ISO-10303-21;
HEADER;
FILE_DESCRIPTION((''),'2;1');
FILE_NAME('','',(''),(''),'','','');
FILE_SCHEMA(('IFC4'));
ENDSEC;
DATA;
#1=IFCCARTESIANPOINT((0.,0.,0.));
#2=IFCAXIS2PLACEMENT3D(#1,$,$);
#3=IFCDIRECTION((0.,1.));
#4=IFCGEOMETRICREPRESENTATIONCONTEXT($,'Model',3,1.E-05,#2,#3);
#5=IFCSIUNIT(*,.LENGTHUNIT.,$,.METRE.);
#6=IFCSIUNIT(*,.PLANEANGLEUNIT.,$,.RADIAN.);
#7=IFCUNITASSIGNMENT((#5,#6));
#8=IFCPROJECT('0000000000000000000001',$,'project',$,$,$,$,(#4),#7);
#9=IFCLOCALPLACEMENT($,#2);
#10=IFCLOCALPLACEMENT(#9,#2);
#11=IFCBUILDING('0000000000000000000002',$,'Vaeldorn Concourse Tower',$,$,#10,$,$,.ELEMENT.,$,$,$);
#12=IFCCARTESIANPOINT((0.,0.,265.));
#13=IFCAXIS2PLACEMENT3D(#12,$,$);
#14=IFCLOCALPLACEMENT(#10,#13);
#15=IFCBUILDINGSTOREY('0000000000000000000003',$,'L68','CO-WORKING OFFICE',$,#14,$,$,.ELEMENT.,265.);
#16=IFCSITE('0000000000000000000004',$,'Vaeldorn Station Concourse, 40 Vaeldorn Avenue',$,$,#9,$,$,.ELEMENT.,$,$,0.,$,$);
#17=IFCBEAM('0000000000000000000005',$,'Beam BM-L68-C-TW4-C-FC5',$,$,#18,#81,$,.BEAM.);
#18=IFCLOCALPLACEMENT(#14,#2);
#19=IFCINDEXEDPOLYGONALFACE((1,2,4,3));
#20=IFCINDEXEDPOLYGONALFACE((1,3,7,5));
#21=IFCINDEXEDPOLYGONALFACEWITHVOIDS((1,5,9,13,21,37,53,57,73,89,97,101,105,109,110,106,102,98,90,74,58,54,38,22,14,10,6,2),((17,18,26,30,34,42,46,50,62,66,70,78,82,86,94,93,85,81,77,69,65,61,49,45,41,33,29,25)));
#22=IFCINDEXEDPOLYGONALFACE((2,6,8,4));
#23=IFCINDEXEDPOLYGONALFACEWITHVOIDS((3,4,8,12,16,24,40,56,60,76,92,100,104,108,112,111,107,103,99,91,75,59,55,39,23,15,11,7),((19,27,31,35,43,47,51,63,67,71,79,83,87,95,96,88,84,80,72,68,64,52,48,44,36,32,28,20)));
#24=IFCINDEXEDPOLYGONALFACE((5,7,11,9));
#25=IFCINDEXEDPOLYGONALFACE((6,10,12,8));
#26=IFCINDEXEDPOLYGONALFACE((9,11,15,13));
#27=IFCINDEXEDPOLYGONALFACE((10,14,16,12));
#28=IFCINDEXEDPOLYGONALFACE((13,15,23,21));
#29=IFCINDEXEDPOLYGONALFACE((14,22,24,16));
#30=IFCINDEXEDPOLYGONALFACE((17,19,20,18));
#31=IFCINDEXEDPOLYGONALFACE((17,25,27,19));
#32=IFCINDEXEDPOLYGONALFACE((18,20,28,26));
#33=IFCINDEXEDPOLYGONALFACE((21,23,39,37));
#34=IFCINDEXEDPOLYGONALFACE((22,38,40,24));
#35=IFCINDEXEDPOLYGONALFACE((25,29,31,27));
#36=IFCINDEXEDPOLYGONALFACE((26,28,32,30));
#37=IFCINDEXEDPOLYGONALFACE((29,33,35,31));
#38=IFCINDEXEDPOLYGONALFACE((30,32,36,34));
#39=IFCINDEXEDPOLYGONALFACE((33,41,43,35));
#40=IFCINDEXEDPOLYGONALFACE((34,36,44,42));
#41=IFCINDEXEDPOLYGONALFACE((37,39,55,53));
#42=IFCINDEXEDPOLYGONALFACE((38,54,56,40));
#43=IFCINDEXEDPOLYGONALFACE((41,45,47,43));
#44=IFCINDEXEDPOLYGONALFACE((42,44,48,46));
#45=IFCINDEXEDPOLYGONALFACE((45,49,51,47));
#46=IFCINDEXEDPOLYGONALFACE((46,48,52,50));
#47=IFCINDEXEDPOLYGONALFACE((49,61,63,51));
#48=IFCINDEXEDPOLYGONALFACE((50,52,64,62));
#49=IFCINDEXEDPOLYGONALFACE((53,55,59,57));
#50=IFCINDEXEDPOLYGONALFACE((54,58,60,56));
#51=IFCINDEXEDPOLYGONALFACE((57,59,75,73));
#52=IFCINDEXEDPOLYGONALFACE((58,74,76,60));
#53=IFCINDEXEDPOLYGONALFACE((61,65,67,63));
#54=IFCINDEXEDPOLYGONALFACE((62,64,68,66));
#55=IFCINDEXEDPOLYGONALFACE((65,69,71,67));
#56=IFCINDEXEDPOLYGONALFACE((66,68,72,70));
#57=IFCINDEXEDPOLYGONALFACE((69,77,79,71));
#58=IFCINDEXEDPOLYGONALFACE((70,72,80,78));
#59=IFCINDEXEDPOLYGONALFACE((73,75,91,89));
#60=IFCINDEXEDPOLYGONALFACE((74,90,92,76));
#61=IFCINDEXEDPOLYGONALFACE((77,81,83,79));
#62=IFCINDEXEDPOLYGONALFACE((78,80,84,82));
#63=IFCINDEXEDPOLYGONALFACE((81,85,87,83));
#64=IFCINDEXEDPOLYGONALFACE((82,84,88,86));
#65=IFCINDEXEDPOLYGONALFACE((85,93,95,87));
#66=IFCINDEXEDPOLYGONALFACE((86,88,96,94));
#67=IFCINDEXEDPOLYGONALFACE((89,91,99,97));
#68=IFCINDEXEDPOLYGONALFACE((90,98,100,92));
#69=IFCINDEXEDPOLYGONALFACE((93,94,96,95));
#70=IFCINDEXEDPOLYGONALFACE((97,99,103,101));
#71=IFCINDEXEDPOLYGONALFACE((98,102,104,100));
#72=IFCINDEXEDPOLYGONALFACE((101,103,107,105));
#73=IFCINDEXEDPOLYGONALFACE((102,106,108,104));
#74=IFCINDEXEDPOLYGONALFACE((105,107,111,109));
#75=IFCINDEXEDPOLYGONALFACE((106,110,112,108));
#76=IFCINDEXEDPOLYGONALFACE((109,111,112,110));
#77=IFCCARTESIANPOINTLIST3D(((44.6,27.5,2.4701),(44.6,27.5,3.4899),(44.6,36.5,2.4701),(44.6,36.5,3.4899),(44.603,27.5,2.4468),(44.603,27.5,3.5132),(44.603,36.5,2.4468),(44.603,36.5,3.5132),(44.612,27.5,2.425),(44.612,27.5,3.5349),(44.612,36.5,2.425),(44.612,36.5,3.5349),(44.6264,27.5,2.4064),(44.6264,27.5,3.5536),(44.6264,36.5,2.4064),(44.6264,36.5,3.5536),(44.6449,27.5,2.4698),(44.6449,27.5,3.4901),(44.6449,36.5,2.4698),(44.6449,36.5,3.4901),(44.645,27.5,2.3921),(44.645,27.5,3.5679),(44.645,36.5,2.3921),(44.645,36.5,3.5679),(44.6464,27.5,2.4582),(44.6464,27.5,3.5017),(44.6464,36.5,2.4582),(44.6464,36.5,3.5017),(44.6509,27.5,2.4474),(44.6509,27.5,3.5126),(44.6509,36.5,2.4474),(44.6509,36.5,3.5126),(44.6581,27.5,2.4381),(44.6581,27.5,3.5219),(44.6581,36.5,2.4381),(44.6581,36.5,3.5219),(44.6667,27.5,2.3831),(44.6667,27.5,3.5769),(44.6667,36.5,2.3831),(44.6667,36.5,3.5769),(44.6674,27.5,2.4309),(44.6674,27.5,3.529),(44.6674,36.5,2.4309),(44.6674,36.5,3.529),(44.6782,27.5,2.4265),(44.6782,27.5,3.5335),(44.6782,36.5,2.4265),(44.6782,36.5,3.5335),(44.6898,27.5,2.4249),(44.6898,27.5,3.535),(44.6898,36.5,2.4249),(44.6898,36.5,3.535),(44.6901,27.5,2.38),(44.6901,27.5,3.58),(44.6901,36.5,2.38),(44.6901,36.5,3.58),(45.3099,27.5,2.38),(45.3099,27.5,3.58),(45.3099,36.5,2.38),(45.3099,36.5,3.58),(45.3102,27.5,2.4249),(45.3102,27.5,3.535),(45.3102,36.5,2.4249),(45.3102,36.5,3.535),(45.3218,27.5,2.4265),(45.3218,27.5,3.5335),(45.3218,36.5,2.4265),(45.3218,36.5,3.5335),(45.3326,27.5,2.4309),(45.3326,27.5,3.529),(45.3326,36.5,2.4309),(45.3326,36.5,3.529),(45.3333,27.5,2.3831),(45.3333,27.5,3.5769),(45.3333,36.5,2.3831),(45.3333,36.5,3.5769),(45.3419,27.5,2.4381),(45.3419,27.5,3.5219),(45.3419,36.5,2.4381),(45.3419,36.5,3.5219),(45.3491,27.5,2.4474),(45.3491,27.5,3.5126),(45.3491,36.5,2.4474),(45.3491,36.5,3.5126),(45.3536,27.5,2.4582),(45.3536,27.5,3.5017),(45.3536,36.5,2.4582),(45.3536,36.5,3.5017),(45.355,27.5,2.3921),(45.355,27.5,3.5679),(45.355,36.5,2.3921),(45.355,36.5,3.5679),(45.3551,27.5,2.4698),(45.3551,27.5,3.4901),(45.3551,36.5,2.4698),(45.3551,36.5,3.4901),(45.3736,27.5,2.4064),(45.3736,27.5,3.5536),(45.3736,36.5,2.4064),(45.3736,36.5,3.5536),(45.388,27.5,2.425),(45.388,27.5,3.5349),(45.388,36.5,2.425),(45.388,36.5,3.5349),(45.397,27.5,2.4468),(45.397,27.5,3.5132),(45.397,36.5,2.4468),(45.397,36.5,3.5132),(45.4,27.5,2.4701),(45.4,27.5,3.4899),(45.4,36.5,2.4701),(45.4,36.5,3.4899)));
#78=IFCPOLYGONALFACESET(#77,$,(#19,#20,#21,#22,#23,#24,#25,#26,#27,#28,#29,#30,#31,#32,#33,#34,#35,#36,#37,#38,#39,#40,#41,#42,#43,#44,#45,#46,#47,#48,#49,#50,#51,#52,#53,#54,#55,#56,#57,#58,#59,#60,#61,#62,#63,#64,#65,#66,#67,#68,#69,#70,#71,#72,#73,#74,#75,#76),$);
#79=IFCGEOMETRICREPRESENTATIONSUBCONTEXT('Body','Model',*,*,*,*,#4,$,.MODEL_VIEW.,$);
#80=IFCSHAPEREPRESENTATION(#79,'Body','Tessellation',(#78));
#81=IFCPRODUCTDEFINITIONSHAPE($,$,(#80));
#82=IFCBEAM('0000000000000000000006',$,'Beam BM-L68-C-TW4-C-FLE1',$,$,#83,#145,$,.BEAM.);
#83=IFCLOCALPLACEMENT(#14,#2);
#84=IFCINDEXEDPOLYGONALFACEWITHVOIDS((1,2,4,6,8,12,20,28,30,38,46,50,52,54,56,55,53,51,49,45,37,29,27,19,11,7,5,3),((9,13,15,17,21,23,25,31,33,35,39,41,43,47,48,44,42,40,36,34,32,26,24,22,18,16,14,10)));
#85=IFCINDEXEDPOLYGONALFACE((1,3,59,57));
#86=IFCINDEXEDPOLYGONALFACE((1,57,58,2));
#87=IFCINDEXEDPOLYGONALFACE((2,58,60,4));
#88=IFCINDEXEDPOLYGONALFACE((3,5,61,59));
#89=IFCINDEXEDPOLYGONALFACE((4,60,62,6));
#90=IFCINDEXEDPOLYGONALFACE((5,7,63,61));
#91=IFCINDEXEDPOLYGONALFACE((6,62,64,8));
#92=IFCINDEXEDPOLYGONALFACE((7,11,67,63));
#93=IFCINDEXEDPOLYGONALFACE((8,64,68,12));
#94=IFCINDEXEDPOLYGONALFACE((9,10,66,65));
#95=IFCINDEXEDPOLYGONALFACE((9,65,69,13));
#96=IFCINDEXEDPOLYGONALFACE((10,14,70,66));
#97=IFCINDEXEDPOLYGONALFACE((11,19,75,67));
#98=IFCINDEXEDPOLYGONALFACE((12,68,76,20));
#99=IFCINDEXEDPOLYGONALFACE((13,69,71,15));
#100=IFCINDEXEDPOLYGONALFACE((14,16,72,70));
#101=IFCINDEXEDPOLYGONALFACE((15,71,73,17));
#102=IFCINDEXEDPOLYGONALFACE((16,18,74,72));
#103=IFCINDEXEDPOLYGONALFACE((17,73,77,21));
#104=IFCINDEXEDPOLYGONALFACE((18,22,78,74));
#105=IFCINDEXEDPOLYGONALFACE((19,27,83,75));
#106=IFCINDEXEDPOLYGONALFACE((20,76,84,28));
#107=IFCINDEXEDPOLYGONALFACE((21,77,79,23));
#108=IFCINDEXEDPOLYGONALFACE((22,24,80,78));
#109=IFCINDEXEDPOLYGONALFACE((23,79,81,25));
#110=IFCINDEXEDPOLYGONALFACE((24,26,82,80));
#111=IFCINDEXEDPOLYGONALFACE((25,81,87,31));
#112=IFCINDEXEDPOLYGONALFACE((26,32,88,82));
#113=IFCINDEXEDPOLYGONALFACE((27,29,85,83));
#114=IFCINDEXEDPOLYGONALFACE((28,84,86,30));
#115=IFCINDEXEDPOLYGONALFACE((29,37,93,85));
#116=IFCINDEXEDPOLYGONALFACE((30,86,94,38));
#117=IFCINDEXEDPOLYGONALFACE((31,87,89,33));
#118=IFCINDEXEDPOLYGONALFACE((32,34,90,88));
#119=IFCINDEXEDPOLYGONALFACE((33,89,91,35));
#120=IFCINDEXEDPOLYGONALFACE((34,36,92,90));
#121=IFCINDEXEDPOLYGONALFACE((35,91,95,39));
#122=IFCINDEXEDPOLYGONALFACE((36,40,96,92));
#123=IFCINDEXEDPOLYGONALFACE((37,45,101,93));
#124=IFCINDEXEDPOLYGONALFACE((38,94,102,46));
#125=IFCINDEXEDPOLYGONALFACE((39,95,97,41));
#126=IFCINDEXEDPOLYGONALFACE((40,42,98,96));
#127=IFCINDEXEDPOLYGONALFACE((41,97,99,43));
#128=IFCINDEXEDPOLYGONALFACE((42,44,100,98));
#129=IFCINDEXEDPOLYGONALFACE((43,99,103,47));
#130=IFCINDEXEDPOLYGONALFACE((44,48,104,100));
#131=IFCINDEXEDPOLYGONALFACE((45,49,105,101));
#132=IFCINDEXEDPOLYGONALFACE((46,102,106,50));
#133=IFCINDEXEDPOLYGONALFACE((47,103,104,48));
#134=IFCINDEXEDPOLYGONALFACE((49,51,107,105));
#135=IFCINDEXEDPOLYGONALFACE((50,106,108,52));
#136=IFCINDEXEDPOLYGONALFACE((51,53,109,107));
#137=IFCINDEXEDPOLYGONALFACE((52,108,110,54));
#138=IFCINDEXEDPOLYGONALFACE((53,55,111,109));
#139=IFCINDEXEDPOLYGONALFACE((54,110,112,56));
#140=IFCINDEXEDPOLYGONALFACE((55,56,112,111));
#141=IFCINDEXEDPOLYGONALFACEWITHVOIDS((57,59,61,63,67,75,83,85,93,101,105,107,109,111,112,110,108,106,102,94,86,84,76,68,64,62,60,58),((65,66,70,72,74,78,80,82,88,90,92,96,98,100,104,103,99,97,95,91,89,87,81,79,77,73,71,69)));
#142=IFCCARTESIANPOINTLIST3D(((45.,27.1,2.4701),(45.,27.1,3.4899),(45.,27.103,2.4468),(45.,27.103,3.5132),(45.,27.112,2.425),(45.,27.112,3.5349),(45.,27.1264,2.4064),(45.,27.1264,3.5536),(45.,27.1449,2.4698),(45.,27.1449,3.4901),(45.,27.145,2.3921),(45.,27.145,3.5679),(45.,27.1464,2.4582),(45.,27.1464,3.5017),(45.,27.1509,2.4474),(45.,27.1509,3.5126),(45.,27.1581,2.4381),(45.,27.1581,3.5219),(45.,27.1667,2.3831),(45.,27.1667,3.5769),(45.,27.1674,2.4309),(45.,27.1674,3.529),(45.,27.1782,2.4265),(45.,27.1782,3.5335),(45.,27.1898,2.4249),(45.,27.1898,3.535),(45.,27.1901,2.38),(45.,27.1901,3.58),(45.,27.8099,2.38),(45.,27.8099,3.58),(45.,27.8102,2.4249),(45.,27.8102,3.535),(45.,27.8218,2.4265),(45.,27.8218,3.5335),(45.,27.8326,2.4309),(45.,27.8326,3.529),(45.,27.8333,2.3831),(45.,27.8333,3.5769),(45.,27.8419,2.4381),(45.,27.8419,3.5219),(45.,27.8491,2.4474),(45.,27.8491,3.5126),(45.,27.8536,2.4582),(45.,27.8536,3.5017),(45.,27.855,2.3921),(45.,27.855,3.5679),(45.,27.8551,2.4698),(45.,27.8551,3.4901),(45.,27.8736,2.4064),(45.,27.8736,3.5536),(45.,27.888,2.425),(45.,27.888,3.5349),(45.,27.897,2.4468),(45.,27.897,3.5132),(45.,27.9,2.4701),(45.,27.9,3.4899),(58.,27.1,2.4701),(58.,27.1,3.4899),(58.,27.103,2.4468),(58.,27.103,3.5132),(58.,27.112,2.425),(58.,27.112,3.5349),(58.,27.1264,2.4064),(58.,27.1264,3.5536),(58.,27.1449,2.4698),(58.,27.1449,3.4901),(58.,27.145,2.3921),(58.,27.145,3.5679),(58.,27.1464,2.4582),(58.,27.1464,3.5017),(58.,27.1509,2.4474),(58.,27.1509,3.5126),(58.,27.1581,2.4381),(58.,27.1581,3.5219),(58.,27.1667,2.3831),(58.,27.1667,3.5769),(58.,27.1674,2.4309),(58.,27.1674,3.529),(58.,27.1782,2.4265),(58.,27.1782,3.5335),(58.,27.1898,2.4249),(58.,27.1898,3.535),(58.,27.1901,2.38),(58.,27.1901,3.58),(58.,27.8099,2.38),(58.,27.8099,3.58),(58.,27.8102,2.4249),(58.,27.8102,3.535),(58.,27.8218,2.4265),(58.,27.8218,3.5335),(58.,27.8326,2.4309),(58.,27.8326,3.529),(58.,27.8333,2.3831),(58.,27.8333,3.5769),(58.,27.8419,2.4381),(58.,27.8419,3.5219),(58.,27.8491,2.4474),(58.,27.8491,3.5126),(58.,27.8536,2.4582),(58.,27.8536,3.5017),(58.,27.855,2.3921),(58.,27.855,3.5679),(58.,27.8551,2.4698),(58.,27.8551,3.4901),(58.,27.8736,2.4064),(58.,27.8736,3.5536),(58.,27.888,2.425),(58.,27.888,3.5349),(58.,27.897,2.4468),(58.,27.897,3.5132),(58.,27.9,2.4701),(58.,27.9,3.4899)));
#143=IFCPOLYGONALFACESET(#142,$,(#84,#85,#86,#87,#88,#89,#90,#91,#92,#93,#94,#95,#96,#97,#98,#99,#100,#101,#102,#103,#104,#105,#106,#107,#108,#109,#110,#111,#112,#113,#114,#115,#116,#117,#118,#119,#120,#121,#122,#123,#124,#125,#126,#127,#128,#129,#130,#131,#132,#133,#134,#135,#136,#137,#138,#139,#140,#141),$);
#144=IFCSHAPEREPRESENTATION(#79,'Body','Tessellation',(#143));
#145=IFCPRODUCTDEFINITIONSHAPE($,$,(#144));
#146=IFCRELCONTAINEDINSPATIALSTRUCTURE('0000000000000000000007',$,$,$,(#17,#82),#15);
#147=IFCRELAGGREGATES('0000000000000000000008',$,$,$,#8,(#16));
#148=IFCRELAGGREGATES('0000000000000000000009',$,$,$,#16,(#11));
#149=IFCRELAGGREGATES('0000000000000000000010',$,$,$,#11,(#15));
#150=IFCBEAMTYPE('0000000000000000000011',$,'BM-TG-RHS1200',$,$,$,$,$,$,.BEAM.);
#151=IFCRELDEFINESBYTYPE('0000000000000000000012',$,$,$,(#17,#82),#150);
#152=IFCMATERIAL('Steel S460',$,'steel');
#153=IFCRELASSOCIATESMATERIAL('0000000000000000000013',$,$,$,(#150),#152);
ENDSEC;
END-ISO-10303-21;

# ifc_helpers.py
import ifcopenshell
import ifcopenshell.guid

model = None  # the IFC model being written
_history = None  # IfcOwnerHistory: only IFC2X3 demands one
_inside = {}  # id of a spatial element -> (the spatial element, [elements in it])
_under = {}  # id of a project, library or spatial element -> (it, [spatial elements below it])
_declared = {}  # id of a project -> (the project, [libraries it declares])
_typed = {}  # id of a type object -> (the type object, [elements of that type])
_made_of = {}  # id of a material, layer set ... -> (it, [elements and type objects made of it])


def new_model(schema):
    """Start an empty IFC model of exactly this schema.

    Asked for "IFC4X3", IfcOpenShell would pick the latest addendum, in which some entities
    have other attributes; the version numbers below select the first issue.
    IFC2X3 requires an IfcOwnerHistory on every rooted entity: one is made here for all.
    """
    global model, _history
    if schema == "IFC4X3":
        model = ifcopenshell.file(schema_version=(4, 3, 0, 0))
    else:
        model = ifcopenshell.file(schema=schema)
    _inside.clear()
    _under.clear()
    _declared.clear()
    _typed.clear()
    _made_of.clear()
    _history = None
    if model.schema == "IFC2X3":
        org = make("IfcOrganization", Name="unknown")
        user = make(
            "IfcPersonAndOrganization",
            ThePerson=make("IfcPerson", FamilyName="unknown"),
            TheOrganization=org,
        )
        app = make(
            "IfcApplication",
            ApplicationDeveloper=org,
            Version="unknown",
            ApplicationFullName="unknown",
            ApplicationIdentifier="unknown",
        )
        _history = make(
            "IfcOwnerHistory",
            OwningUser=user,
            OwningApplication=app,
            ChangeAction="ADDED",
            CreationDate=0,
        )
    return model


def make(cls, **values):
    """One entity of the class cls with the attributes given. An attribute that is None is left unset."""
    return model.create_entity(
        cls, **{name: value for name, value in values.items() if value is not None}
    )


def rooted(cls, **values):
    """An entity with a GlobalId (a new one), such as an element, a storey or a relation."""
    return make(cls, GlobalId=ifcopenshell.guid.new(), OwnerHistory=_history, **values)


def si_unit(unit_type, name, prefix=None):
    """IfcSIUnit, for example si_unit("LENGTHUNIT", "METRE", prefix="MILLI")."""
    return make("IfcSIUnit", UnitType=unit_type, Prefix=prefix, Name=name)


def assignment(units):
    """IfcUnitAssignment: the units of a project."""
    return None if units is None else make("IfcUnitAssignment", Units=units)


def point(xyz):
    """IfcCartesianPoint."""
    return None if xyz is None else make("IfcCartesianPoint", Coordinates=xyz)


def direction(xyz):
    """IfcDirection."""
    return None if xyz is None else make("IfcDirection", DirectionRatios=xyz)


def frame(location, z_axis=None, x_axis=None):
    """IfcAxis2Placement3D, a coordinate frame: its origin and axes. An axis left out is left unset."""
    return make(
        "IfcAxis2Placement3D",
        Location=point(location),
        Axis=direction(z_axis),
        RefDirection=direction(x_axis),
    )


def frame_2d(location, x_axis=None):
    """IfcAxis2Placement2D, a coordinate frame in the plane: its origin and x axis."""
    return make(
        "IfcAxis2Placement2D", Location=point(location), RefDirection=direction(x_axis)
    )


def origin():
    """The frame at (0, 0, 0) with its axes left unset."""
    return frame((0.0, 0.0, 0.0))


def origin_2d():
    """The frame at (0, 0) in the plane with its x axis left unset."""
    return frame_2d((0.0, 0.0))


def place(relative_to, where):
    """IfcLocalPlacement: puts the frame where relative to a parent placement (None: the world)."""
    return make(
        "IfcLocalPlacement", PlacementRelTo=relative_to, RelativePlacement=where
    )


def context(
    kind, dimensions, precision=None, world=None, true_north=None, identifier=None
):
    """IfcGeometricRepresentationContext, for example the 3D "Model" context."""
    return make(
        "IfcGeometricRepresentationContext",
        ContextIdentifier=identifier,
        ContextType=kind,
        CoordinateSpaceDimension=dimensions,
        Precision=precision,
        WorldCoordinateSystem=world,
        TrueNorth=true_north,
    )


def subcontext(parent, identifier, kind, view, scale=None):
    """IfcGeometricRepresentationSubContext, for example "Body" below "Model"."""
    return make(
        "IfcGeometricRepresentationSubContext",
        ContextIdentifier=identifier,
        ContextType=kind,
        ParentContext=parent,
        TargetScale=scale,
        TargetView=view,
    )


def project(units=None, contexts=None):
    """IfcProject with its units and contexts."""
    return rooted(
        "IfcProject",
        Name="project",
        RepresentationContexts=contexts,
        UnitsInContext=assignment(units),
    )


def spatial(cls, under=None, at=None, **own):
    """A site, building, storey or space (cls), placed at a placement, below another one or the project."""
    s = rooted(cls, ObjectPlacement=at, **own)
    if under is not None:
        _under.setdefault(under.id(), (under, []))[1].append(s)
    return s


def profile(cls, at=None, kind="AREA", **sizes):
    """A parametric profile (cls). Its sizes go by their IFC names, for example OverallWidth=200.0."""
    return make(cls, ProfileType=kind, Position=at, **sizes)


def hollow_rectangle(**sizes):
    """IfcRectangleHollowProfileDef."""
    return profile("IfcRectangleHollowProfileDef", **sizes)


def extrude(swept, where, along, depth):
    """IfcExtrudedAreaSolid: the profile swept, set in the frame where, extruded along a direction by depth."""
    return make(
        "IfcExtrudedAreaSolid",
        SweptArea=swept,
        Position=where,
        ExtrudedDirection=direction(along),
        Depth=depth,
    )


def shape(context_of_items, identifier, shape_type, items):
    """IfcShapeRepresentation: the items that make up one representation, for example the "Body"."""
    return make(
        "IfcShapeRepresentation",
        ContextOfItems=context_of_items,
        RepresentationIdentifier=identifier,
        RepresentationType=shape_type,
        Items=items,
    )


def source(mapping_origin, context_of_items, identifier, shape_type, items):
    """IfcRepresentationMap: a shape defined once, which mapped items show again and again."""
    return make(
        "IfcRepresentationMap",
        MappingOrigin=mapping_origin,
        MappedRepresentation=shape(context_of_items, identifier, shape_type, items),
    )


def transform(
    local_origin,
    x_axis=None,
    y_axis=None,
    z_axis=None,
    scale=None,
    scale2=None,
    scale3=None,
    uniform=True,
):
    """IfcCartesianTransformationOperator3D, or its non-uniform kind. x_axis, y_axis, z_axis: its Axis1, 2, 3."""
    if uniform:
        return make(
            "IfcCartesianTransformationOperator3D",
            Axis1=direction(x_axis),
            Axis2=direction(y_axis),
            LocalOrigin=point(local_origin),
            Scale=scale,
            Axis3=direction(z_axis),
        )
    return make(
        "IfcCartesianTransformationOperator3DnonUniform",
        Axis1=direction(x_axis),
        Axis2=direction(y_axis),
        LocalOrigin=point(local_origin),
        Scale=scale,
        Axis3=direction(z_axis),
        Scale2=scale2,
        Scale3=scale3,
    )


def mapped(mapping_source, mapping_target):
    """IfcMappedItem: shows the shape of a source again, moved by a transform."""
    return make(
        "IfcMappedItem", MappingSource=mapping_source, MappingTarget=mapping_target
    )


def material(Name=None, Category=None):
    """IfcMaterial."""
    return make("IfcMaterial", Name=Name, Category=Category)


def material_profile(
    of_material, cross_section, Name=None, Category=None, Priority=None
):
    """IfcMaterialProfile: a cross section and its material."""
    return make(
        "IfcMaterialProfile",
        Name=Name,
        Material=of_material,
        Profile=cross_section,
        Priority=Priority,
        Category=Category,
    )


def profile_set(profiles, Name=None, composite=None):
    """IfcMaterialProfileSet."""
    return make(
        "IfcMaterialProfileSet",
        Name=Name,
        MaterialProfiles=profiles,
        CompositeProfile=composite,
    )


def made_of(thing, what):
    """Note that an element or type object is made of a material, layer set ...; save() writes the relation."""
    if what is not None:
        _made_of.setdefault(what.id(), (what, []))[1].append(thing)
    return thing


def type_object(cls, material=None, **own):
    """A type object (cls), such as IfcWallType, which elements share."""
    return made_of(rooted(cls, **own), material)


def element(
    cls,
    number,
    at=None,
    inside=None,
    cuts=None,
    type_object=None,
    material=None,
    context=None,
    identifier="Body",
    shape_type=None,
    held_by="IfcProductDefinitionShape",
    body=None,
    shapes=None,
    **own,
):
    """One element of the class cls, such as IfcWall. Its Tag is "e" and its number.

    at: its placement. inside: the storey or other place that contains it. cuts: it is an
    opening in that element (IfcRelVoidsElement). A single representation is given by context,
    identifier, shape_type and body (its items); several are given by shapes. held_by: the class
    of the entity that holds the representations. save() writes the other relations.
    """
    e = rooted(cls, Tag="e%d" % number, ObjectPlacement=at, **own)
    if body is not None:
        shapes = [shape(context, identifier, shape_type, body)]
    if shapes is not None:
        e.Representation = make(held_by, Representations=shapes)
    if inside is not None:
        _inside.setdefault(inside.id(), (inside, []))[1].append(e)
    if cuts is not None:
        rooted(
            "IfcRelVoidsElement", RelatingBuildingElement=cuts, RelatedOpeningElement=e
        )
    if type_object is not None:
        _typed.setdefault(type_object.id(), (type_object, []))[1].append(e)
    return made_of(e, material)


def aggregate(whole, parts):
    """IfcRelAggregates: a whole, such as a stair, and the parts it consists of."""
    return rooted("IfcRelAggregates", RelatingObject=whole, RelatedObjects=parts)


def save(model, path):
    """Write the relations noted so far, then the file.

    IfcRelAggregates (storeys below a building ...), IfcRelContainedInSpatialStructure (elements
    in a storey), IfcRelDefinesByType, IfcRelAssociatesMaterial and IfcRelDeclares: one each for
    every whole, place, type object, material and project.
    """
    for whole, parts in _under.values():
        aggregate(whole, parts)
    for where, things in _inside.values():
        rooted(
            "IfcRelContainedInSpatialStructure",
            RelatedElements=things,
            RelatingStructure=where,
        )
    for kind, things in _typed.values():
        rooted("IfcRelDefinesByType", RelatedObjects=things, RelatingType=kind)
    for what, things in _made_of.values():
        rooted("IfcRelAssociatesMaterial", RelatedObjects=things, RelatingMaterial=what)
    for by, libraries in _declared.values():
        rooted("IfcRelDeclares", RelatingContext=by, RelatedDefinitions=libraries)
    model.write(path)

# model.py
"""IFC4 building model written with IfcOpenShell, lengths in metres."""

from ifc_helpers import new_model, si_unit, direction, frame, origin, origin_2d, place, context, subcontext, project, spatial, hollow_rectangle, extrude, source, transform, mapped, material, material_profile, profile_set, type_object, element, save


model = new_model("IFC4")

# Units and contexts
model_context = context("Model", 3, precision=1e-05, world=origin(), true_north=direction((0.0, 1.0)))
body_context = subcontext(model_context, "Body", "Model", "MODEL_VIEW")
ifc_project = project(units=[si_unit("LENGTHUNIT", "METRE"), si_unit("PLANEANGLEUNIT", "RADIAN")], contexts=[model_context])

# Site, building, storey
site_placement = place(None, origin())
site = spatial("IfcSite", under=ifc_project, at=site_placement, Name="Vaeldorn Station Concourse, 40 Vaeldorn Avenue", CompositionType="ELEMENT", RefElevation=0.0)
building_placement = place(site_placement, origin())
building = spatial("IfcBuilding", under=site, at=building_placement, Name="Vaeldorn Concourse Tower", CompositionType="ELEMENT")
storey_placement = place(building_placement, frame((0.0, 0.0, 265.0)))
storey = spatial("IfcBuildingStorey", under=building, at=storey_placement, Name="L68", Description="CO-WORKING OFFICE", CompositionType="ELEMENT", Elevation=265.0)

# Beams
ifc_material_1 = material(Name="Steel S460", Category="steel")
ifc_material_profile_1 = material_profile(ifc_material_1, hollow_rectangle(XDim=0.8, YDim=1.2, WallThickness=0.0449, InnerFilletRadius=0.0449, OuterFilletRadius=0.0901, at=origin_2d()), Name="RHS 1200x800x45")
ifc_profile_set_1 = profile_set([ifc_material_profile_1], Name="Steel S460")
beam_type_1 = type_object("IfcBeamType", Name="BM-TG-RHS1200", PredefinedType="BEAM", material=ifc_profile_set_1)
shared_shape_1 = source(origin(), body_context, "Body", "SweptSolid", [
    extrude(hollow_rectangle(XDim=0.8, YDim=1.2, WallThickness=0.0449, InnerFilletRadius=0.0449, OuterFilletRadius=0.0901, at=origin_2d()), origin(), (0.0, 0.0, 1.0), 9.0),
])
for number, where, z_axis, x_axis, name in (
    (1, (45.0, 27.5, 2.98), (0.0, 1.0, 0.0), (-1.0, 0.0, 0.0), "Beam BM-L68-C-TW4-C-FC5"),
):
    element("IfcBeam", number, at=place(storey_placement, frame(where, z_axis=z_axis, x_axis=x_axis)), inside=storey, type_object=beam_type_1, Name=name, PredefinedType="BEAM", context=body_context, shape_type="MappedRepresentation", body=[
        mapped(shared_shape_1, transform((0.0, 0.0, 0.0), scale=1.0)),
    ])
shared_shape_2 = source(origin(), body_context, "Body", "SweptSolid", [
    extrude(hollow_rectangle(XDim=0.8, YDim=1.2, WallThickness=0.0449, InnerFilletRadius=0.0449, OuterFilletRadius=0.0901, at=origin_2d()), origin(), (0.0, 0.0, 1.0), 13.0),
])
beam_1_placement = place(storey_placement, frame((45.0, 27.5, 2.98), z_axis=(1.0, 0.0, 0.0), x_axis=(0.0, 1.0, 0.0)))
element("IfcBeam", 2, at=beam_1_placement, inside=storey, type_object=beam_type_1, Name="Beam BM-L68-C-TW4-C-FLE1", PredefinedType="BEAM", context=body_context, shape_type="MappedRepresentation", body=[
    mapped(shared_shape_2, transform((0.0, 0.0, 0.0), scale=1.0)),
])

save(model, "model.ifc")
